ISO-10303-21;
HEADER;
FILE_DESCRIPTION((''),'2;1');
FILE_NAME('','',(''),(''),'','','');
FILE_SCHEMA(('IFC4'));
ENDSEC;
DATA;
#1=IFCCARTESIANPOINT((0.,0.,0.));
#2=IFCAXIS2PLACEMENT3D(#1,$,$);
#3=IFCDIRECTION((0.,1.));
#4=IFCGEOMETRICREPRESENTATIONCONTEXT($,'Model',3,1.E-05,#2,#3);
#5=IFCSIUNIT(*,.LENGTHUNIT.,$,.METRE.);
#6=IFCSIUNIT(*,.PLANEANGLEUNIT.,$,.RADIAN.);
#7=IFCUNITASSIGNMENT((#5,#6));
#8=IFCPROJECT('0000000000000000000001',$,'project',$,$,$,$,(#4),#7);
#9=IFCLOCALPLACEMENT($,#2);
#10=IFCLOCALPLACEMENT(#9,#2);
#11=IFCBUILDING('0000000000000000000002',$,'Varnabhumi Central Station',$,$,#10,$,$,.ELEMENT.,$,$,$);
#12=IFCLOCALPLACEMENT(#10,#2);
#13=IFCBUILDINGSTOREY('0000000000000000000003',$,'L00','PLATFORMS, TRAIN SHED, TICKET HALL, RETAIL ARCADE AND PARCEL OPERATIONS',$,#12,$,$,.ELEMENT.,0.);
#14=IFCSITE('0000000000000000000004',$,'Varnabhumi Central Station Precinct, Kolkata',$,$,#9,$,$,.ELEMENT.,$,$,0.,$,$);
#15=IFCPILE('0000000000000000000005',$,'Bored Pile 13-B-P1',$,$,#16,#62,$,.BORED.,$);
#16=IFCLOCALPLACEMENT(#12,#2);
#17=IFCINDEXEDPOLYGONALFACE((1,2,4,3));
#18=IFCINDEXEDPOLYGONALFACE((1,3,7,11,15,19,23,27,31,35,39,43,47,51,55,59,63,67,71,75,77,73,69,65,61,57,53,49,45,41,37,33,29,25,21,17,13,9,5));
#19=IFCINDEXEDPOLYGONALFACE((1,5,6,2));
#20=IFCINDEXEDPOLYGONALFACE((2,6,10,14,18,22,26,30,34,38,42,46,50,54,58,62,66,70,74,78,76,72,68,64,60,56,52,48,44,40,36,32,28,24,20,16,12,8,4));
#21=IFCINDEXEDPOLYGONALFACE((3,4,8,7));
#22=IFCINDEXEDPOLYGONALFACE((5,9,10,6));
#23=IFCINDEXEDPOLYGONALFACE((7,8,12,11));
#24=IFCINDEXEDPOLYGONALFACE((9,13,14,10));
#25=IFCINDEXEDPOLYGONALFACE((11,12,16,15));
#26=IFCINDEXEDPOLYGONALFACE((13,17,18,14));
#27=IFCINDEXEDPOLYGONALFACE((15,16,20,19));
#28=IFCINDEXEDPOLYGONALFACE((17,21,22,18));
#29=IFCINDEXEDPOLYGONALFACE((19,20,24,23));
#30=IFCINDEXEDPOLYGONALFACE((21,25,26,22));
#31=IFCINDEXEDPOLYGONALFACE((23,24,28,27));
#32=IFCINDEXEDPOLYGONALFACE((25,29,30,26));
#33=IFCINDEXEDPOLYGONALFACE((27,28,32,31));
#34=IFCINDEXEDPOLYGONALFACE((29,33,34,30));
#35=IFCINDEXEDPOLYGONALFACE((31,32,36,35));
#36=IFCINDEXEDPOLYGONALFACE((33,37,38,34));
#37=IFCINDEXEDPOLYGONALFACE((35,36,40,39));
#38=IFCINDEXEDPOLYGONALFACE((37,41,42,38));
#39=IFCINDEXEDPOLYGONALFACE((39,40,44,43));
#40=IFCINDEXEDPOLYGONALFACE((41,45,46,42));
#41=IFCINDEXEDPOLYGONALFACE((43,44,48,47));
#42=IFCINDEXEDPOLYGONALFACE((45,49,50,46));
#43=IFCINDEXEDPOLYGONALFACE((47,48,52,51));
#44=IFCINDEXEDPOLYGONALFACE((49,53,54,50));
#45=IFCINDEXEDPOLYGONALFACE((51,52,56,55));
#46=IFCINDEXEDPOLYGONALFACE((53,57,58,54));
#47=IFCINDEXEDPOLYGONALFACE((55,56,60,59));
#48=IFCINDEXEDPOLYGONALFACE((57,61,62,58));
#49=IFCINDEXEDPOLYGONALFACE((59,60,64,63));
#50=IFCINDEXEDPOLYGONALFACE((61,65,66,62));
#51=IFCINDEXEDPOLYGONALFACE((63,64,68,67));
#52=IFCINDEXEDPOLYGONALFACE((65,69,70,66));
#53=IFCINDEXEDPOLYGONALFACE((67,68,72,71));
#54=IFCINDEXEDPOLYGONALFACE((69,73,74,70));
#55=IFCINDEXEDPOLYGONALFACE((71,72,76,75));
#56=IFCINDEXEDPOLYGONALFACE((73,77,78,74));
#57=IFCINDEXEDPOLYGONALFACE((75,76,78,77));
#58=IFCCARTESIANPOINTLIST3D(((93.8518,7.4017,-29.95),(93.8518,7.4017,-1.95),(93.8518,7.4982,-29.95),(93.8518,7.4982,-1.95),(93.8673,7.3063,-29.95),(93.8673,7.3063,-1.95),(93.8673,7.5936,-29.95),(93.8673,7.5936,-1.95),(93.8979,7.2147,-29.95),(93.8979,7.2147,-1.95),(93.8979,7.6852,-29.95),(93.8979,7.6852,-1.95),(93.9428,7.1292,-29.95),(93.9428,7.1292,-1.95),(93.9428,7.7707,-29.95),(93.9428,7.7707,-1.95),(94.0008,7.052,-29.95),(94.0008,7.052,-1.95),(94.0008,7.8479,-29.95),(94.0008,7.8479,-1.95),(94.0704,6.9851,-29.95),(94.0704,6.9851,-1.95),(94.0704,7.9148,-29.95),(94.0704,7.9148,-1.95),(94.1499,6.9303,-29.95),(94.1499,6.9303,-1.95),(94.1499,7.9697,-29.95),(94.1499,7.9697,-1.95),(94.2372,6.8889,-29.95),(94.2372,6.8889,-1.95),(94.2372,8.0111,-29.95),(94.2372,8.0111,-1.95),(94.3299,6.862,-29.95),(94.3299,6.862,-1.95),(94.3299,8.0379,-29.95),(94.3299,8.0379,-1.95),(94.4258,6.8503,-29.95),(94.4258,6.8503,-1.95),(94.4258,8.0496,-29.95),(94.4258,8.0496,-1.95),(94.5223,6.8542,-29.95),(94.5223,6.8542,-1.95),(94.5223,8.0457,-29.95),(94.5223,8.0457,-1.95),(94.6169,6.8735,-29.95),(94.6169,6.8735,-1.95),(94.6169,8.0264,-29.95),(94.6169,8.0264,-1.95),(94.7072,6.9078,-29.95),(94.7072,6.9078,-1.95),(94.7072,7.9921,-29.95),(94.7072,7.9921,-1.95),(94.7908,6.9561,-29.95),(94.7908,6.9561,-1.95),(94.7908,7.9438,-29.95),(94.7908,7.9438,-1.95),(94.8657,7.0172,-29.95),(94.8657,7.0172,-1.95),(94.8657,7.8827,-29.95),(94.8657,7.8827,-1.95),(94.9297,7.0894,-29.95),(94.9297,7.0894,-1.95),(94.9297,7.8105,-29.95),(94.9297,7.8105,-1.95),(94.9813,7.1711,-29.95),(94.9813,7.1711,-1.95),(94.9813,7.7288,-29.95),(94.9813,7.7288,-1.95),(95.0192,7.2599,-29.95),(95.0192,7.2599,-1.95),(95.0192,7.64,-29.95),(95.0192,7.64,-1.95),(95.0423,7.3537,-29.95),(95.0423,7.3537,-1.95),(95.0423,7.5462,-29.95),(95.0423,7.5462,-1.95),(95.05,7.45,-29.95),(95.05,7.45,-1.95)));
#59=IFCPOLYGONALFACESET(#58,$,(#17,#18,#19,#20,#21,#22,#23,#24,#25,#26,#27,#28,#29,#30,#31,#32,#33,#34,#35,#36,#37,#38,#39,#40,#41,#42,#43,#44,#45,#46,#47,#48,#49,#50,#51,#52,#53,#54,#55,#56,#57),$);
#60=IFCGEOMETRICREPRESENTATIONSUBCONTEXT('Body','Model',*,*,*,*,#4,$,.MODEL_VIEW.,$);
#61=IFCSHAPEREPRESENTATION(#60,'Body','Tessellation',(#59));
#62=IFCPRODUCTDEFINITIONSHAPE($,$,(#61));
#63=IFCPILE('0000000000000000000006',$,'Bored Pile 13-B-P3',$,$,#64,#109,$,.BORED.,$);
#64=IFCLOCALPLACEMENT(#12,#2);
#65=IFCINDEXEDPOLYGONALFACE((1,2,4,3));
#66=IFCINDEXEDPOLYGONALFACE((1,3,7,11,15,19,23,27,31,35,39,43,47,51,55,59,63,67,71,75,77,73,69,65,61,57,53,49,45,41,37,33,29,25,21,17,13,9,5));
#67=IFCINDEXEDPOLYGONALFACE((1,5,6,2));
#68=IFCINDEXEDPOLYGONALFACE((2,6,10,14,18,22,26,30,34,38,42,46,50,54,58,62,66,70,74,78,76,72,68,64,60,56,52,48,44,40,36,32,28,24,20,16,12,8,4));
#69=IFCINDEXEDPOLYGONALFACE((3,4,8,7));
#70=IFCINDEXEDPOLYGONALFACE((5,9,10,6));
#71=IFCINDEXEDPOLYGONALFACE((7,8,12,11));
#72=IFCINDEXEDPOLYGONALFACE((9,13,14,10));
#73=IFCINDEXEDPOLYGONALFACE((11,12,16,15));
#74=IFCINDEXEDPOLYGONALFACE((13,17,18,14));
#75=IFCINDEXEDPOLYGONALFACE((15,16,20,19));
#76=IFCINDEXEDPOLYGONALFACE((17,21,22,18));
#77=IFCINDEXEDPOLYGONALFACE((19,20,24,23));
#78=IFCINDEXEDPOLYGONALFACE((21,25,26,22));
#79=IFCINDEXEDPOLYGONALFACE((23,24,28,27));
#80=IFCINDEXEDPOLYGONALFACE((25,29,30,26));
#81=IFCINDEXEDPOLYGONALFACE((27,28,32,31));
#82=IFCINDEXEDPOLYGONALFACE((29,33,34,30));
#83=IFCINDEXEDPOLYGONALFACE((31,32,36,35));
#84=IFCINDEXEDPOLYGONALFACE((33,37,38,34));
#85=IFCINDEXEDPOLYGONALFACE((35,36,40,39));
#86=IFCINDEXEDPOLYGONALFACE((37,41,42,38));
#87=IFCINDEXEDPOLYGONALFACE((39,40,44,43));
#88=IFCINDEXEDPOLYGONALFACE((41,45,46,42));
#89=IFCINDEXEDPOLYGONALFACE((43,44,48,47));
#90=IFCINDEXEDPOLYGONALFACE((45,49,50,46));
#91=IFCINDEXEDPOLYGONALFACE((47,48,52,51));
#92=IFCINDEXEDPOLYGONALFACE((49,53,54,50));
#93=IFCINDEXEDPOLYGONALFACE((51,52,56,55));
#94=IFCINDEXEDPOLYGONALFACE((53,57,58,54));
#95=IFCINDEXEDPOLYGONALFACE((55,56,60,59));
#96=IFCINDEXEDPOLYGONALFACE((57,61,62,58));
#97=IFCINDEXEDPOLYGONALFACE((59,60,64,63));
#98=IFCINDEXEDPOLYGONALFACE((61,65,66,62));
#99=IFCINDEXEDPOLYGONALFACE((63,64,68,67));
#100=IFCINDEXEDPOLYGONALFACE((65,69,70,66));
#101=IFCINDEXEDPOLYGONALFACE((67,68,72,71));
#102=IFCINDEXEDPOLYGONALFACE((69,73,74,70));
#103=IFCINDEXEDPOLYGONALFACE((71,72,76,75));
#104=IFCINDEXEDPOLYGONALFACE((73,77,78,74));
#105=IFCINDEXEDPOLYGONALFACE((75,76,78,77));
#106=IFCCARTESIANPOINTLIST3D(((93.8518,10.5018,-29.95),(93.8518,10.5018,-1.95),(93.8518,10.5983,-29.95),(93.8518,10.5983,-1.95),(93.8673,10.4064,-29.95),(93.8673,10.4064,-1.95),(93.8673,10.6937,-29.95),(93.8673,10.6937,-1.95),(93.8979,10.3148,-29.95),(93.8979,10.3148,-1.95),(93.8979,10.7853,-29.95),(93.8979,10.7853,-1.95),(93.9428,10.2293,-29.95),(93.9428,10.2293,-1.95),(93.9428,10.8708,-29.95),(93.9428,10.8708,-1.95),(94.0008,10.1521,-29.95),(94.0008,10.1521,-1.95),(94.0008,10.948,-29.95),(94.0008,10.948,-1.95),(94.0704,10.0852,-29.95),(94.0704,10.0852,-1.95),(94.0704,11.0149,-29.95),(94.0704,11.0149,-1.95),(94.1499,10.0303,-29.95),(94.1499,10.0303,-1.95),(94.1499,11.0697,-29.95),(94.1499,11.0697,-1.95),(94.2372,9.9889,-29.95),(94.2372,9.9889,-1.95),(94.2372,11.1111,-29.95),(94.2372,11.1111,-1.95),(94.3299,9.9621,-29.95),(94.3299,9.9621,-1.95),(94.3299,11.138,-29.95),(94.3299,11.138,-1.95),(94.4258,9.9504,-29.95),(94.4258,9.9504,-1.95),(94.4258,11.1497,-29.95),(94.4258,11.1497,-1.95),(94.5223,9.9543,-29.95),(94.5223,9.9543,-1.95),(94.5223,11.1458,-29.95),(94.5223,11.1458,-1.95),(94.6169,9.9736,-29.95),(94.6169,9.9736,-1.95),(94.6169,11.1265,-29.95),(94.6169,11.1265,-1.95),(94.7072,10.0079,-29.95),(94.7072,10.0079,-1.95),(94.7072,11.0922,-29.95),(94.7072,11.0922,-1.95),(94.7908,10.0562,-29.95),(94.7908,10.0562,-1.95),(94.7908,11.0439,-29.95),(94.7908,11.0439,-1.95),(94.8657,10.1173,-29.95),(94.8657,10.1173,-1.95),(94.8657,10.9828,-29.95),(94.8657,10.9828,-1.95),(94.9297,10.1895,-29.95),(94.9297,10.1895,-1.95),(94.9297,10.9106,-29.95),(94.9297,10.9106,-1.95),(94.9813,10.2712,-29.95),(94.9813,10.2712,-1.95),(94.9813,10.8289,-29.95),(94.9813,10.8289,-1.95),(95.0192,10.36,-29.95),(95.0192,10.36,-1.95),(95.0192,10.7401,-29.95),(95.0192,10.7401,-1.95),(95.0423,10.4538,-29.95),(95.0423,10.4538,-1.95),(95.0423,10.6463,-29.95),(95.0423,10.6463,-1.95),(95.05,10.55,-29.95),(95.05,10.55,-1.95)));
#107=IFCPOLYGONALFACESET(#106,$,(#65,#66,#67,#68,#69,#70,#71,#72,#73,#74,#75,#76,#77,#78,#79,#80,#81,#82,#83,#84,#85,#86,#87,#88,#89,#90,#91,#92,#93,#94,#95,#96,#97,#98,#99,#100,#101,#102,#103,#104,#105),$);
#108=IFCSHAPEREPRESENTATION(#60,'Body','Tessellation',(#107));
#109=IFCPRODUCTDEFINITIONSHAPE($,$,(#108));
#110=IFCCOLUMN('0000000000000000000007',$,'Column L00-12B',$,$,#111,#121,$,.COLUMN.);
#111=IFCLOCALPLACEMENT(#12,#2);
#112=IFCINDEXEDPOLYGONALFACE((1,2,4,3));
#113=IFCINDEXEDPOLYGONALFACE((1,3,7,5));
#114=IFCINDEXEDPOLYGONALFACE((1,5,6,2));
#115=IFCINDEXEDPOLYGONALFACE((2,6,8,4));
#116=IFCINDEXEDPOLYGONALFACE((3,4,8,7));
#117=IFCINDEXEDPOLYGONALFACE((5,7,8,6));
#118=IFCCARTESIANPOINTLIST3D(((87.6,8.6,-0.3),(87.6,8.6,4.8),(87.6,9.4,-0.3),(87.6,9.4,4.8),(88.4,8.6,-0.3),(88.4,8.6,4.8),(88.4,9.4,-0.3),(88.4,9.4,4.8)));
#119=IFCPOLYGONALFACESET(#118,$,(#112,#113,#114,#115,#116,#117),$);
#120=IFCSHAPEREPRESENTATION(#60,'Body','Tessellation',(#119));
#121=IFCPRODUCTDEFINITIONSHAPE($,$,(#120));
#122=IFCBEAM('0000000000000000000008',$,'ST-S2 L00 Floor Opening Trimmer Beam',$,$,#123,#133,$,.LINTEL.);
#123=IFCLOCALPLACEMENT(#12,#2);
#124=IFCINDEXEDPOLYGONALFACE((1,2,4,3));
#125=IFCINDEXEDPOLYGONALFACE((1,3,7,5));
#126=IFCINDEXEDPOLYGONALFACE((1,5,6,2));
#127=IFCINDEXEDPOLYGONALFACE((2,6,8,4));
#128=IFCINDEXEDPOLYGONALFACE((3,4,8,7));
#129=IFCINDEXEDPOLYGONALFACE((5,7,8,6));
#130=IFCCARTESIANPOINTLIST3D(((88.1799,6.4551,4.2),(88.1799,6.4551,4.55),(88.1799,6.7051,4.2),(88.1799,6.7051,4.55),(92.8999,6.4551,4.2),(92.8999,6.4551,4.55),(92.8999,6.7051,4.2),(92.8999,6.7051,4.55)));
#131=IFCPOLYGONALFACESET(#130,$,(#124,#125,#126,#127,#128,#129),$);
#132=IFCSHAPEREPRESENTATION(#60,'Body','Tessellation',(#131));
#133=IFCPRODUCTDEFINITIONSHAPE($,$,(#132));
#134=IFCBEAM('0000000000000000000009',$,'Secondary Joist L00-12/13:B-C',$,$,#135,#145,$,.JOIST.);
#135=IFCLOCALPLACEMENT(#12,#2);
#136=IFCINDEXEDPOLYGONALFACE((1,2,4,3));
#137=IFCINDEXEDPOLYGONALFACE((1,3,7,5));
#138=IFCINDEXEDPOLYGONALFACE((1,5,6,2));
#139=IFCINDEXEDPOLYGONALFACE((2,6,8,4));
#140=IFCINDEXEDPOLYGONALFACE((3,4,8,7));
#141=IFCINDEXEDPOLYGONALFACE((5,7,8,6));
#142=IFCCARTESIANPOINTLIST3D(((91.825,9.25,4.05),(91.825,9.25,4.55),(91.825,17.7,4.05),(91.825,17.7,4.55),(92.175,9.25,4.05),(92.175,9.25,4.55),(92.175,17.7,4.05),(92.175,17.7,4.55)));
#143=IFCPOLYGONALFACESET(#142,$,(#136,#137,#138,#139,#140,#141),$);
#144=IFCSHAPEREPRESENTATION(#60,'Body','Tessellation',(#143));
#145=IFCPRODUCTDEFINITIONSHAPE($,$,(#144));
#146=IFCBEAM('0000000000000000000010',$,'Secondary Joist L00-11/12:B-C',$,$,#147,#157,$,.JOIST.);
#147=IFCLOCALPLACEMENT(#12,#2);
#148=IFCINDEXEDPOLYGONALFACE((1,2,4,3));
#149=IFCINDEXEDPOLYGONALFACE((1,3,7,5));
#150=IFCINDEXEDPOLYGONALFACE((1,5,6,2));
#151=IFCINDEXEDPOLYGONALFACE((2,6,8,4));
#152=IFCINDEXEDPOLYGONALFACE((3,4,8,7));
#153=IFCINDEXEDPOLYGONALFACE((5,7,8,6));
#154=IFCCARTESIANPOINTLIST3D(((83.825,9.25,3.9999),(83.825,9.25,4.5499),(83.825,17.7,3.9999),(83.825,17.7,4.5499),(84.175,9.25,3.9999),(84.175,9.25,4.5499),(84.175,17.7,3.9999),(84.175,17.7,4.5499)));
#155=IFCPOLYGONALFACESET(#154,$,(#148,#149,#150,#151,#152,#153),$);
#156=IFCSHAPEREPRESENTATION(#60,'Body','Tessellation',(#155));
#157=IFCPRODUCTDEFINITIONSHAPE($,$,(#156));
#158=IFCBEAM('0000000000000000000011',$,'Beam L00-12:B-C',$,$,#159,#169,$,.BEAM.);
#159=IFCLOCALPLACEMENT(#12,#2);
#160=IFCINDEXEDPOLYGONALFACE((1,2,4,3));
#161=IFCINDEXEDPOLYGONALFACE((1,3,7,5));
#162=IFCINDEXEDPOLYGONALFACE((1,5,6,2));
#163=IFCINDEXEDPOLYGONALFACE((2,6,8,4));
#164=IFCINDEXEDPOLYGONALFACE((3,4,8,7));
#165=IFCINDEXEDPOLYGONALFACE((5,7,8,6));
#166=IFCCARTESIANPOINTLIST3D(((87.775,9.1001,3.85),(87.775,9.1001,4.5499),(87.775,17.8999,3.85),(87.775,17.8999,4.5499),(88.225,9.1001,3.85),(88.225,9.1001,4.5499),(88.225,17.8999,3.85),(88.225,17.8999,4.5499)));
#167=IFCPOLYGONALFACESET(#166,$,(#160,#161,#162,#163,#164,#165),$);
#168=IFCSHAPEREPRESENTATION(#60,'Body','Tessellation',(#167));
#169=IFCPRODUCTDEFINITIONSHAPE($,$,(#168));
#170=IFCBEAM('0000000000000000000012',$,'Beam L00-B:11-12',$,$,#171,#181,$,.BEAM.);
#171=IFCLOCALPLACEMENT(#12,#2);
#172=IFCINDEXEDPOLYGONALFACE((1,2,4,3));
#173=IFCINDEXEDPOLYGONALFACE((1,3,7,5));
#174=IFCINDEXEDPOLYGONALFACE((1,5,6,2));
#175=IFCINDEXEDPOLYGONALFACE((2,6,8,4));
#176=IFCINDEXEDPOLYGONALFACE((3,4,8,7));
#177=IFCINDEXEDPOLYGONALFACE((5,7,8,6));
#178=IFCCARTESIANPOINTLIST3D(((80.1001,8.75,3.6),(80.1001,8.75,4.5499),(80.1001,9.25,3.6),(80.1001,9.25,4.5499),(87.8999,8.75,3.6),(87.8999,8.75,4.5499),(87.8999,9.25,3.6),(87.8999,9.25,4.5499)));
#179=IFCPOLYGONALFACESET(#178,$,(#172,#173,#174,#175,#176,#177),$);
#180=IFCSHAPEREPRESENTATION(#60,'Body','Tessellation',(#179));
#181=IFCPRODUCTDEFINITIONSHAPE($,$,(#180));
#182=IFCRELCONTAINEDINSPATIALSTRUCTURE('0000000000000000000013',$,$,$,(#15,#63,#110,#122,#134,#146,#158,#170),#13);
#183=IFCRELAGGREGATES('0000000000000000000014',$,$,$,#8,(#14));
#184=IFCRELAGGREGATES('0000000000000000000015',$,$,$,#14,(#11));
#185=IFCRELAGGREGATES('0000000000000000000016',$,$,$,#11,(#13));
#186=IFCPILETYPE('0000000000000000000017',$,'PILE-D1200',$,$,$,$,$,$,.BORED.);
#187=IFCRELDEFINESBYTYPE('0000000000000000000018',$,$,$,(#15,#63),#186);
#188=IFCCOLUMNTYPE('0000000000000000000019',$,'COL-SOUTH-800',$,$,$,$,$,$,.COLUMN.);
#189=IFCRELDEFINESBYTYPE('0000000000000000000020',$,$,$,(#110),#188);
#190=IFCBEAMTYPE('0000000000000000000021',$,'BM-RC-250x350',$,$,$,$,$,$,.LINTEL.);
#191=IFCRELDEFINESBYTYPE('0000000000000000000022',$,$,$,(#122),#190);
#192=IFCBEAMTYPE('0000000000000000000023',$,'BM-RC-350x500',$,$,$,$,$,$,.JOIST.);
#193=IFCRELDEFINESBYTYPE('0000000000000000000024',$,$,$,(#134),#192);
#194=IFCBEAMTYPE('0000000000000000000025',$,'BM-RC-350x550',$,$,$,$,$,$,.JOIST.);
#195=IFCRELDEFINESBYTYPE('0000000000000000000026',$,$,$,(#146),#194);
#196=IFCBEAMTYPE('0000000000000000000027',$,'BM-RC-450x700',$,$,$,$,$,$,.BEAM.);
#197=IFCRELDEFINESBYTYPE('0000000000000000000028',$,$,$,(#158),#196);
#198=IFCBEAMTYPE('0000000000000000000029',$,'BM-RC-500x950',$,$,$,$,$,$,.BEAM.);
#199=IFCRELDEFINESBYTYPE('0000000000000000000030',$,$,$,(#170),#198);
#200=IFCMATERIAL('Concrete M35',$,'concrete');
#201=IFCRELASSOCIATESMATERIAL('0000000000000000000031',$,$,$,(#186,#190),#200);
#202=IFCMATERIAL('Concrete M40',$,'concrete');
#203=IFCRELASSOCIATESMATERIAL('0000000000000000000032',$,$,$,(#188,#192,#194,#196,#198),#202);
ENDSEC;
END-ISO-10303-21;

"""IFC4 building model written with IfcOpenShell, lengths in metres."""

from ifc_helpers import new_model, si_unit, direction, frame, origin, origin_2d, place, context, subcontext, project, spatial, rectangle, circle, extrude, material, material_profile, profile_set, type_object, element, save


model = new_model("IFC4")

# Units and contexts
model_context = context("Model", 3, precision=1e-05, world=origin(), true_north=direction((0.0, 1.0)))
body_context = subcontext(model_context, "Body", "Model", "MODEL_VIEW")
ifc_project = project(units=[si_unit("LENGTHUNIT", "METRE"), si_unit("PLANEANGLEUNIT", "RADIAN")], contexts=[model_context])

# Site, building, storey
site_placement = place(None, origin())
site = spatial("IfcSite", under=ifc_project, at=site_placement, Name="Varnabhumi Central Station Precinct, Kolkata", CompositionType="ELEMENT", RefElevation=0.0)
building_placement = place(site_placement, origin())
building = spatial("IfcBuilding", under=site, at=building_placement, Name="Varnabhumi Central Station", CompositionType="ELEMENT")
storey_placement = place(building_placement, origin())
storey = spatial("IfcBuildingStorey", under=building, at=storey_placement, Name="L00", Description="PLATFORMS, TRAIN SHED, TICKET HALL, RETAIL ARCADE AND PARCEL OPERATIONS", CompositionType="ELEMENT", Elevation=0.0)

# Shared definitions
ifc_material_1 = material(Name="Concrete M40", Category="concrete")

# Piles
ifc_material_2 = material(Name="Concrete M35", Category="concrete")
ifc_material_profile_1 = material_profile(ifc_material_2, circle(Radius=0.6001, at=origin_2d()), Name="Concrete M35", Category="concrete")
ifc_profile_set_1 = profile_set([ifc_material_profile_1], Name="Concrete M35")
pile_type_1 = type_object("IfcPileType", Name="PILE-D1200", PredefinedType="BORED", material=ifc_profile_set_1)
for number, where, z_axis, x_axis, name in (
    (1, (94.45, 7.45, -1.95), (0.0, 0.0, -1.0), (1.0, 0.0, 0.0), "Bored Pile 13-B-P1"),
    (2, (94.45, 10.55, -1.95), (0.0, 0.0, -1.0), (1.0, 0.0, 0.0), "Bored Pile 13-B-P3"),
):
    element("IfcPile", number, at=place(storey_placement, frame(where, z_axis=z_axis, x_axis=x_axis)), inside=storey, type_object=pile_type_1, Name=name, PredefinedType="BORED", context=body_context, shape_type="SweptSolid", body=[
        extrude(circle(Radius=0.6001, at=origin_2d()), origin(), (0.0, 0.0, 1.0), 28.0),
    ])

# Column
ifc_material_profile_2 = material_profile(ifc_material_1, rectangle(XDim=0.8, YDim=0.8, at=origin_2d()), Name="Concrete M40", Category="concrete")
ifc_profile_set_2 = profile_set([ifc_material_profile_2], Name="Concrete M40")
column_type = type_object("IfcColumnType", Name="COL-SOUTH-800", PredefinedType="COLUMN", material=ifc_profile_set_2)
column_placement = place(storey_placement, frame((88.0, 9.0, -0.3), z_axis=(0.0, 0.0, 1.0), x_axis=(1.0, 0.0, 0.0)))
element("IfcColumn", 3, at=column_placement, inside=storey, type_object=column_type, Name="Column L00-12B", PredefinedType="COLUMN", context=body_context, shape_type="SweptSolid", body=[
    extrude(rectangle(XDim=0.8, YDim=0.8, at=origin_2d()), origin(), (0.0, 0.0, 1.0), 5.1001),
])

# Beams
ifc_material_profile_3 = material_profile(ifc_material_2, rectangle(XDim=0.25, YDim=0.3501, at=origin_2d()), Name="Concrete M35", Category="concrete")
ifc_profile_set_3 = profile_set([ifc_material_profile_3], Name="Concrete M35")
beam_type_1 = type_object("IfcBeamType", Name="BM-RC-250x350", PredefinedType="LINTEL", material=ifc_profile_set_3)
beam_1_placement = place(storey_placement, frame((88.1799, 6.5801, 4.375), z_axis=(1.0, 0.0, 0.0), x_axis=(0.0, 1.0, 0.0)))
element("IfcBeam", 4, at=beam_1_placement, inside=storey, type_object=beam_type_1, Name="ST-S2 L00 Floor Opening Trimmer Beam", PredefinedType="LINTEL", context=body_context, shape_type="SweptSolid", body=[
    extrude(rectangle(XDim=0.25, YDim=0.3501, at=origin_2d()), origin(), (0.0, 0.0, 1.0), 4.72),
])
ifc_material_profile_4 = material_profile(ifc_material_1, rectangle(XDim=0.3501, YDim=0.5, at=origin_2d()), Name="Concrete M40", Category="concrete")
ifc_profile_set_4 = profile_set([ifc_material_profile_4], Name="Concrete M40")
beam_type_2 = type_object("IfcBeamType", Name="BM-RC-350x500", PredefinedType="JOIST", material=ifc_profile_set_4)
beam_2_placement = place(storey_placement, frame((92.0, 9.25, 4.3), z_axis=(0.0, 1.0, 0.0), x_axis=(-1.0, 0.0, 0.0)))
element("IfcBeam", 5, at=beam_2_placement, inside=storey, type_object=beam_type_2, Name="Secondary Joist L00-12/13:B-C", PredefinedType="JOIST", context=body_context, shape_type="SweptSolid", body=[
    extrude(rectangle(XDim=0.3501, YDim=0.5, at=origin_2d()), origin(), (0.0, 0.0, 1.0), 8.45),
])
ifc_material_profile_5 = material_profile(ifc_material_1, rectangle(XDim=0.3501, YDim=0.55, at=origin_2d()), Name="Concrete M40", Category="concrete")
ifc_profile_set_5 = profile_set([ifc_material_profile_5], Name="Concrete M40")
beam_type_3 = type_object("IfcBeamType", Name="BM-RC-350x550", PredefinedType="JOIST", material=ifc_profile_set_5)
beam_3_placement = place(storey_placement, frame((84.0, 9.25, 4.2749), z_axis=(0.0, 1.0, 0.0), x_axis=(-1.0, 0.0, 0.0)))
element("IfcBeam", 6, at=beam_3_placement, inside=storey, type_object=beam_type_3, Name="Secondary Joist L00-11/12:B-C", PredefinedType="JOIST", context=body_context, shape_type="SweptSolid", body=[
    extrude(rectangle(XDim=0.3501, YDim=0.55, at=origin_2d()), origin(), (0.0, 0.0, 1.0), 8.45),
])
ifc_material_profile_6 = material_profile(ifc_material_1, rectangle(XDim=0.45, YDim=0.7, at=origin_2d()), Name="Concrete M40", Category="concrete")
ifc_profile_set_6 = profile_set([ifc_material_profile_6], Name="Concrete M40")
beam_type_4 = type_object("IfcBeamType", Name="BM-RC-450x700", PredefinedType="BEAM", material=ifc_profile_set_6)
beam_4_placement = place(storey_placement, frame((88.0, 9.1001, 4.2), z_axis=(0.0, 1.0, 0.0), x_axis=(-1.0, 0.0, 0.0)))
element("IfcBeam", 7, at=beam_4_placement, inside=storey, type_object=beam_type_4, Name="Beam L00-12:B-C", PredefinedType="BEAM", context=body_context, shape_type="SweptSolid", body=[
    extrude(rectangle(XDim=0.45, YDim=0.7, at=origin_2d()), origin(), (0.0, 0.0, 1.0), 8.7998),
])
ifc_material_profile_7 = material_profile(ifc_material_1, rectangle(XDim=0.5, YDim=0.95, at=origin_2d()), Name="Concrete M40", Category="concrete")
ifc_profile_set_7 = profile_set([ifc_material_profile_7], Name="Concrete M40")
beam_type_5 = type_object("IfcBeamType", Name="BM-RC-500x950", PredefinedType="BEAM", material=ifc_profile_set_7)
for number, where, z_axis, x_axis, name in (
    (8, (80.1001, 9.0, 4.075), (1.0, 0.0, 0.0), (0.0, 1.0, 0.0), "Beam L00-B:11-12"),
):
    element("IfcBeam", number, at=place(storey_placement, frame(where, z_axis=z_axis, x_axis=x_axis)), inside=storey, type_object=beam_type_5, Name=name, PredefinedType="BEAM", context=body_context, shape_type="SweptSolid", body=[
        extrude(rectangle(XDim=0.5, YDim=0.95, at=origin_2d()), origin(), (0.0, 0.0, 1.0), 7.7998),
    ])

save(model, "model.ifc")
